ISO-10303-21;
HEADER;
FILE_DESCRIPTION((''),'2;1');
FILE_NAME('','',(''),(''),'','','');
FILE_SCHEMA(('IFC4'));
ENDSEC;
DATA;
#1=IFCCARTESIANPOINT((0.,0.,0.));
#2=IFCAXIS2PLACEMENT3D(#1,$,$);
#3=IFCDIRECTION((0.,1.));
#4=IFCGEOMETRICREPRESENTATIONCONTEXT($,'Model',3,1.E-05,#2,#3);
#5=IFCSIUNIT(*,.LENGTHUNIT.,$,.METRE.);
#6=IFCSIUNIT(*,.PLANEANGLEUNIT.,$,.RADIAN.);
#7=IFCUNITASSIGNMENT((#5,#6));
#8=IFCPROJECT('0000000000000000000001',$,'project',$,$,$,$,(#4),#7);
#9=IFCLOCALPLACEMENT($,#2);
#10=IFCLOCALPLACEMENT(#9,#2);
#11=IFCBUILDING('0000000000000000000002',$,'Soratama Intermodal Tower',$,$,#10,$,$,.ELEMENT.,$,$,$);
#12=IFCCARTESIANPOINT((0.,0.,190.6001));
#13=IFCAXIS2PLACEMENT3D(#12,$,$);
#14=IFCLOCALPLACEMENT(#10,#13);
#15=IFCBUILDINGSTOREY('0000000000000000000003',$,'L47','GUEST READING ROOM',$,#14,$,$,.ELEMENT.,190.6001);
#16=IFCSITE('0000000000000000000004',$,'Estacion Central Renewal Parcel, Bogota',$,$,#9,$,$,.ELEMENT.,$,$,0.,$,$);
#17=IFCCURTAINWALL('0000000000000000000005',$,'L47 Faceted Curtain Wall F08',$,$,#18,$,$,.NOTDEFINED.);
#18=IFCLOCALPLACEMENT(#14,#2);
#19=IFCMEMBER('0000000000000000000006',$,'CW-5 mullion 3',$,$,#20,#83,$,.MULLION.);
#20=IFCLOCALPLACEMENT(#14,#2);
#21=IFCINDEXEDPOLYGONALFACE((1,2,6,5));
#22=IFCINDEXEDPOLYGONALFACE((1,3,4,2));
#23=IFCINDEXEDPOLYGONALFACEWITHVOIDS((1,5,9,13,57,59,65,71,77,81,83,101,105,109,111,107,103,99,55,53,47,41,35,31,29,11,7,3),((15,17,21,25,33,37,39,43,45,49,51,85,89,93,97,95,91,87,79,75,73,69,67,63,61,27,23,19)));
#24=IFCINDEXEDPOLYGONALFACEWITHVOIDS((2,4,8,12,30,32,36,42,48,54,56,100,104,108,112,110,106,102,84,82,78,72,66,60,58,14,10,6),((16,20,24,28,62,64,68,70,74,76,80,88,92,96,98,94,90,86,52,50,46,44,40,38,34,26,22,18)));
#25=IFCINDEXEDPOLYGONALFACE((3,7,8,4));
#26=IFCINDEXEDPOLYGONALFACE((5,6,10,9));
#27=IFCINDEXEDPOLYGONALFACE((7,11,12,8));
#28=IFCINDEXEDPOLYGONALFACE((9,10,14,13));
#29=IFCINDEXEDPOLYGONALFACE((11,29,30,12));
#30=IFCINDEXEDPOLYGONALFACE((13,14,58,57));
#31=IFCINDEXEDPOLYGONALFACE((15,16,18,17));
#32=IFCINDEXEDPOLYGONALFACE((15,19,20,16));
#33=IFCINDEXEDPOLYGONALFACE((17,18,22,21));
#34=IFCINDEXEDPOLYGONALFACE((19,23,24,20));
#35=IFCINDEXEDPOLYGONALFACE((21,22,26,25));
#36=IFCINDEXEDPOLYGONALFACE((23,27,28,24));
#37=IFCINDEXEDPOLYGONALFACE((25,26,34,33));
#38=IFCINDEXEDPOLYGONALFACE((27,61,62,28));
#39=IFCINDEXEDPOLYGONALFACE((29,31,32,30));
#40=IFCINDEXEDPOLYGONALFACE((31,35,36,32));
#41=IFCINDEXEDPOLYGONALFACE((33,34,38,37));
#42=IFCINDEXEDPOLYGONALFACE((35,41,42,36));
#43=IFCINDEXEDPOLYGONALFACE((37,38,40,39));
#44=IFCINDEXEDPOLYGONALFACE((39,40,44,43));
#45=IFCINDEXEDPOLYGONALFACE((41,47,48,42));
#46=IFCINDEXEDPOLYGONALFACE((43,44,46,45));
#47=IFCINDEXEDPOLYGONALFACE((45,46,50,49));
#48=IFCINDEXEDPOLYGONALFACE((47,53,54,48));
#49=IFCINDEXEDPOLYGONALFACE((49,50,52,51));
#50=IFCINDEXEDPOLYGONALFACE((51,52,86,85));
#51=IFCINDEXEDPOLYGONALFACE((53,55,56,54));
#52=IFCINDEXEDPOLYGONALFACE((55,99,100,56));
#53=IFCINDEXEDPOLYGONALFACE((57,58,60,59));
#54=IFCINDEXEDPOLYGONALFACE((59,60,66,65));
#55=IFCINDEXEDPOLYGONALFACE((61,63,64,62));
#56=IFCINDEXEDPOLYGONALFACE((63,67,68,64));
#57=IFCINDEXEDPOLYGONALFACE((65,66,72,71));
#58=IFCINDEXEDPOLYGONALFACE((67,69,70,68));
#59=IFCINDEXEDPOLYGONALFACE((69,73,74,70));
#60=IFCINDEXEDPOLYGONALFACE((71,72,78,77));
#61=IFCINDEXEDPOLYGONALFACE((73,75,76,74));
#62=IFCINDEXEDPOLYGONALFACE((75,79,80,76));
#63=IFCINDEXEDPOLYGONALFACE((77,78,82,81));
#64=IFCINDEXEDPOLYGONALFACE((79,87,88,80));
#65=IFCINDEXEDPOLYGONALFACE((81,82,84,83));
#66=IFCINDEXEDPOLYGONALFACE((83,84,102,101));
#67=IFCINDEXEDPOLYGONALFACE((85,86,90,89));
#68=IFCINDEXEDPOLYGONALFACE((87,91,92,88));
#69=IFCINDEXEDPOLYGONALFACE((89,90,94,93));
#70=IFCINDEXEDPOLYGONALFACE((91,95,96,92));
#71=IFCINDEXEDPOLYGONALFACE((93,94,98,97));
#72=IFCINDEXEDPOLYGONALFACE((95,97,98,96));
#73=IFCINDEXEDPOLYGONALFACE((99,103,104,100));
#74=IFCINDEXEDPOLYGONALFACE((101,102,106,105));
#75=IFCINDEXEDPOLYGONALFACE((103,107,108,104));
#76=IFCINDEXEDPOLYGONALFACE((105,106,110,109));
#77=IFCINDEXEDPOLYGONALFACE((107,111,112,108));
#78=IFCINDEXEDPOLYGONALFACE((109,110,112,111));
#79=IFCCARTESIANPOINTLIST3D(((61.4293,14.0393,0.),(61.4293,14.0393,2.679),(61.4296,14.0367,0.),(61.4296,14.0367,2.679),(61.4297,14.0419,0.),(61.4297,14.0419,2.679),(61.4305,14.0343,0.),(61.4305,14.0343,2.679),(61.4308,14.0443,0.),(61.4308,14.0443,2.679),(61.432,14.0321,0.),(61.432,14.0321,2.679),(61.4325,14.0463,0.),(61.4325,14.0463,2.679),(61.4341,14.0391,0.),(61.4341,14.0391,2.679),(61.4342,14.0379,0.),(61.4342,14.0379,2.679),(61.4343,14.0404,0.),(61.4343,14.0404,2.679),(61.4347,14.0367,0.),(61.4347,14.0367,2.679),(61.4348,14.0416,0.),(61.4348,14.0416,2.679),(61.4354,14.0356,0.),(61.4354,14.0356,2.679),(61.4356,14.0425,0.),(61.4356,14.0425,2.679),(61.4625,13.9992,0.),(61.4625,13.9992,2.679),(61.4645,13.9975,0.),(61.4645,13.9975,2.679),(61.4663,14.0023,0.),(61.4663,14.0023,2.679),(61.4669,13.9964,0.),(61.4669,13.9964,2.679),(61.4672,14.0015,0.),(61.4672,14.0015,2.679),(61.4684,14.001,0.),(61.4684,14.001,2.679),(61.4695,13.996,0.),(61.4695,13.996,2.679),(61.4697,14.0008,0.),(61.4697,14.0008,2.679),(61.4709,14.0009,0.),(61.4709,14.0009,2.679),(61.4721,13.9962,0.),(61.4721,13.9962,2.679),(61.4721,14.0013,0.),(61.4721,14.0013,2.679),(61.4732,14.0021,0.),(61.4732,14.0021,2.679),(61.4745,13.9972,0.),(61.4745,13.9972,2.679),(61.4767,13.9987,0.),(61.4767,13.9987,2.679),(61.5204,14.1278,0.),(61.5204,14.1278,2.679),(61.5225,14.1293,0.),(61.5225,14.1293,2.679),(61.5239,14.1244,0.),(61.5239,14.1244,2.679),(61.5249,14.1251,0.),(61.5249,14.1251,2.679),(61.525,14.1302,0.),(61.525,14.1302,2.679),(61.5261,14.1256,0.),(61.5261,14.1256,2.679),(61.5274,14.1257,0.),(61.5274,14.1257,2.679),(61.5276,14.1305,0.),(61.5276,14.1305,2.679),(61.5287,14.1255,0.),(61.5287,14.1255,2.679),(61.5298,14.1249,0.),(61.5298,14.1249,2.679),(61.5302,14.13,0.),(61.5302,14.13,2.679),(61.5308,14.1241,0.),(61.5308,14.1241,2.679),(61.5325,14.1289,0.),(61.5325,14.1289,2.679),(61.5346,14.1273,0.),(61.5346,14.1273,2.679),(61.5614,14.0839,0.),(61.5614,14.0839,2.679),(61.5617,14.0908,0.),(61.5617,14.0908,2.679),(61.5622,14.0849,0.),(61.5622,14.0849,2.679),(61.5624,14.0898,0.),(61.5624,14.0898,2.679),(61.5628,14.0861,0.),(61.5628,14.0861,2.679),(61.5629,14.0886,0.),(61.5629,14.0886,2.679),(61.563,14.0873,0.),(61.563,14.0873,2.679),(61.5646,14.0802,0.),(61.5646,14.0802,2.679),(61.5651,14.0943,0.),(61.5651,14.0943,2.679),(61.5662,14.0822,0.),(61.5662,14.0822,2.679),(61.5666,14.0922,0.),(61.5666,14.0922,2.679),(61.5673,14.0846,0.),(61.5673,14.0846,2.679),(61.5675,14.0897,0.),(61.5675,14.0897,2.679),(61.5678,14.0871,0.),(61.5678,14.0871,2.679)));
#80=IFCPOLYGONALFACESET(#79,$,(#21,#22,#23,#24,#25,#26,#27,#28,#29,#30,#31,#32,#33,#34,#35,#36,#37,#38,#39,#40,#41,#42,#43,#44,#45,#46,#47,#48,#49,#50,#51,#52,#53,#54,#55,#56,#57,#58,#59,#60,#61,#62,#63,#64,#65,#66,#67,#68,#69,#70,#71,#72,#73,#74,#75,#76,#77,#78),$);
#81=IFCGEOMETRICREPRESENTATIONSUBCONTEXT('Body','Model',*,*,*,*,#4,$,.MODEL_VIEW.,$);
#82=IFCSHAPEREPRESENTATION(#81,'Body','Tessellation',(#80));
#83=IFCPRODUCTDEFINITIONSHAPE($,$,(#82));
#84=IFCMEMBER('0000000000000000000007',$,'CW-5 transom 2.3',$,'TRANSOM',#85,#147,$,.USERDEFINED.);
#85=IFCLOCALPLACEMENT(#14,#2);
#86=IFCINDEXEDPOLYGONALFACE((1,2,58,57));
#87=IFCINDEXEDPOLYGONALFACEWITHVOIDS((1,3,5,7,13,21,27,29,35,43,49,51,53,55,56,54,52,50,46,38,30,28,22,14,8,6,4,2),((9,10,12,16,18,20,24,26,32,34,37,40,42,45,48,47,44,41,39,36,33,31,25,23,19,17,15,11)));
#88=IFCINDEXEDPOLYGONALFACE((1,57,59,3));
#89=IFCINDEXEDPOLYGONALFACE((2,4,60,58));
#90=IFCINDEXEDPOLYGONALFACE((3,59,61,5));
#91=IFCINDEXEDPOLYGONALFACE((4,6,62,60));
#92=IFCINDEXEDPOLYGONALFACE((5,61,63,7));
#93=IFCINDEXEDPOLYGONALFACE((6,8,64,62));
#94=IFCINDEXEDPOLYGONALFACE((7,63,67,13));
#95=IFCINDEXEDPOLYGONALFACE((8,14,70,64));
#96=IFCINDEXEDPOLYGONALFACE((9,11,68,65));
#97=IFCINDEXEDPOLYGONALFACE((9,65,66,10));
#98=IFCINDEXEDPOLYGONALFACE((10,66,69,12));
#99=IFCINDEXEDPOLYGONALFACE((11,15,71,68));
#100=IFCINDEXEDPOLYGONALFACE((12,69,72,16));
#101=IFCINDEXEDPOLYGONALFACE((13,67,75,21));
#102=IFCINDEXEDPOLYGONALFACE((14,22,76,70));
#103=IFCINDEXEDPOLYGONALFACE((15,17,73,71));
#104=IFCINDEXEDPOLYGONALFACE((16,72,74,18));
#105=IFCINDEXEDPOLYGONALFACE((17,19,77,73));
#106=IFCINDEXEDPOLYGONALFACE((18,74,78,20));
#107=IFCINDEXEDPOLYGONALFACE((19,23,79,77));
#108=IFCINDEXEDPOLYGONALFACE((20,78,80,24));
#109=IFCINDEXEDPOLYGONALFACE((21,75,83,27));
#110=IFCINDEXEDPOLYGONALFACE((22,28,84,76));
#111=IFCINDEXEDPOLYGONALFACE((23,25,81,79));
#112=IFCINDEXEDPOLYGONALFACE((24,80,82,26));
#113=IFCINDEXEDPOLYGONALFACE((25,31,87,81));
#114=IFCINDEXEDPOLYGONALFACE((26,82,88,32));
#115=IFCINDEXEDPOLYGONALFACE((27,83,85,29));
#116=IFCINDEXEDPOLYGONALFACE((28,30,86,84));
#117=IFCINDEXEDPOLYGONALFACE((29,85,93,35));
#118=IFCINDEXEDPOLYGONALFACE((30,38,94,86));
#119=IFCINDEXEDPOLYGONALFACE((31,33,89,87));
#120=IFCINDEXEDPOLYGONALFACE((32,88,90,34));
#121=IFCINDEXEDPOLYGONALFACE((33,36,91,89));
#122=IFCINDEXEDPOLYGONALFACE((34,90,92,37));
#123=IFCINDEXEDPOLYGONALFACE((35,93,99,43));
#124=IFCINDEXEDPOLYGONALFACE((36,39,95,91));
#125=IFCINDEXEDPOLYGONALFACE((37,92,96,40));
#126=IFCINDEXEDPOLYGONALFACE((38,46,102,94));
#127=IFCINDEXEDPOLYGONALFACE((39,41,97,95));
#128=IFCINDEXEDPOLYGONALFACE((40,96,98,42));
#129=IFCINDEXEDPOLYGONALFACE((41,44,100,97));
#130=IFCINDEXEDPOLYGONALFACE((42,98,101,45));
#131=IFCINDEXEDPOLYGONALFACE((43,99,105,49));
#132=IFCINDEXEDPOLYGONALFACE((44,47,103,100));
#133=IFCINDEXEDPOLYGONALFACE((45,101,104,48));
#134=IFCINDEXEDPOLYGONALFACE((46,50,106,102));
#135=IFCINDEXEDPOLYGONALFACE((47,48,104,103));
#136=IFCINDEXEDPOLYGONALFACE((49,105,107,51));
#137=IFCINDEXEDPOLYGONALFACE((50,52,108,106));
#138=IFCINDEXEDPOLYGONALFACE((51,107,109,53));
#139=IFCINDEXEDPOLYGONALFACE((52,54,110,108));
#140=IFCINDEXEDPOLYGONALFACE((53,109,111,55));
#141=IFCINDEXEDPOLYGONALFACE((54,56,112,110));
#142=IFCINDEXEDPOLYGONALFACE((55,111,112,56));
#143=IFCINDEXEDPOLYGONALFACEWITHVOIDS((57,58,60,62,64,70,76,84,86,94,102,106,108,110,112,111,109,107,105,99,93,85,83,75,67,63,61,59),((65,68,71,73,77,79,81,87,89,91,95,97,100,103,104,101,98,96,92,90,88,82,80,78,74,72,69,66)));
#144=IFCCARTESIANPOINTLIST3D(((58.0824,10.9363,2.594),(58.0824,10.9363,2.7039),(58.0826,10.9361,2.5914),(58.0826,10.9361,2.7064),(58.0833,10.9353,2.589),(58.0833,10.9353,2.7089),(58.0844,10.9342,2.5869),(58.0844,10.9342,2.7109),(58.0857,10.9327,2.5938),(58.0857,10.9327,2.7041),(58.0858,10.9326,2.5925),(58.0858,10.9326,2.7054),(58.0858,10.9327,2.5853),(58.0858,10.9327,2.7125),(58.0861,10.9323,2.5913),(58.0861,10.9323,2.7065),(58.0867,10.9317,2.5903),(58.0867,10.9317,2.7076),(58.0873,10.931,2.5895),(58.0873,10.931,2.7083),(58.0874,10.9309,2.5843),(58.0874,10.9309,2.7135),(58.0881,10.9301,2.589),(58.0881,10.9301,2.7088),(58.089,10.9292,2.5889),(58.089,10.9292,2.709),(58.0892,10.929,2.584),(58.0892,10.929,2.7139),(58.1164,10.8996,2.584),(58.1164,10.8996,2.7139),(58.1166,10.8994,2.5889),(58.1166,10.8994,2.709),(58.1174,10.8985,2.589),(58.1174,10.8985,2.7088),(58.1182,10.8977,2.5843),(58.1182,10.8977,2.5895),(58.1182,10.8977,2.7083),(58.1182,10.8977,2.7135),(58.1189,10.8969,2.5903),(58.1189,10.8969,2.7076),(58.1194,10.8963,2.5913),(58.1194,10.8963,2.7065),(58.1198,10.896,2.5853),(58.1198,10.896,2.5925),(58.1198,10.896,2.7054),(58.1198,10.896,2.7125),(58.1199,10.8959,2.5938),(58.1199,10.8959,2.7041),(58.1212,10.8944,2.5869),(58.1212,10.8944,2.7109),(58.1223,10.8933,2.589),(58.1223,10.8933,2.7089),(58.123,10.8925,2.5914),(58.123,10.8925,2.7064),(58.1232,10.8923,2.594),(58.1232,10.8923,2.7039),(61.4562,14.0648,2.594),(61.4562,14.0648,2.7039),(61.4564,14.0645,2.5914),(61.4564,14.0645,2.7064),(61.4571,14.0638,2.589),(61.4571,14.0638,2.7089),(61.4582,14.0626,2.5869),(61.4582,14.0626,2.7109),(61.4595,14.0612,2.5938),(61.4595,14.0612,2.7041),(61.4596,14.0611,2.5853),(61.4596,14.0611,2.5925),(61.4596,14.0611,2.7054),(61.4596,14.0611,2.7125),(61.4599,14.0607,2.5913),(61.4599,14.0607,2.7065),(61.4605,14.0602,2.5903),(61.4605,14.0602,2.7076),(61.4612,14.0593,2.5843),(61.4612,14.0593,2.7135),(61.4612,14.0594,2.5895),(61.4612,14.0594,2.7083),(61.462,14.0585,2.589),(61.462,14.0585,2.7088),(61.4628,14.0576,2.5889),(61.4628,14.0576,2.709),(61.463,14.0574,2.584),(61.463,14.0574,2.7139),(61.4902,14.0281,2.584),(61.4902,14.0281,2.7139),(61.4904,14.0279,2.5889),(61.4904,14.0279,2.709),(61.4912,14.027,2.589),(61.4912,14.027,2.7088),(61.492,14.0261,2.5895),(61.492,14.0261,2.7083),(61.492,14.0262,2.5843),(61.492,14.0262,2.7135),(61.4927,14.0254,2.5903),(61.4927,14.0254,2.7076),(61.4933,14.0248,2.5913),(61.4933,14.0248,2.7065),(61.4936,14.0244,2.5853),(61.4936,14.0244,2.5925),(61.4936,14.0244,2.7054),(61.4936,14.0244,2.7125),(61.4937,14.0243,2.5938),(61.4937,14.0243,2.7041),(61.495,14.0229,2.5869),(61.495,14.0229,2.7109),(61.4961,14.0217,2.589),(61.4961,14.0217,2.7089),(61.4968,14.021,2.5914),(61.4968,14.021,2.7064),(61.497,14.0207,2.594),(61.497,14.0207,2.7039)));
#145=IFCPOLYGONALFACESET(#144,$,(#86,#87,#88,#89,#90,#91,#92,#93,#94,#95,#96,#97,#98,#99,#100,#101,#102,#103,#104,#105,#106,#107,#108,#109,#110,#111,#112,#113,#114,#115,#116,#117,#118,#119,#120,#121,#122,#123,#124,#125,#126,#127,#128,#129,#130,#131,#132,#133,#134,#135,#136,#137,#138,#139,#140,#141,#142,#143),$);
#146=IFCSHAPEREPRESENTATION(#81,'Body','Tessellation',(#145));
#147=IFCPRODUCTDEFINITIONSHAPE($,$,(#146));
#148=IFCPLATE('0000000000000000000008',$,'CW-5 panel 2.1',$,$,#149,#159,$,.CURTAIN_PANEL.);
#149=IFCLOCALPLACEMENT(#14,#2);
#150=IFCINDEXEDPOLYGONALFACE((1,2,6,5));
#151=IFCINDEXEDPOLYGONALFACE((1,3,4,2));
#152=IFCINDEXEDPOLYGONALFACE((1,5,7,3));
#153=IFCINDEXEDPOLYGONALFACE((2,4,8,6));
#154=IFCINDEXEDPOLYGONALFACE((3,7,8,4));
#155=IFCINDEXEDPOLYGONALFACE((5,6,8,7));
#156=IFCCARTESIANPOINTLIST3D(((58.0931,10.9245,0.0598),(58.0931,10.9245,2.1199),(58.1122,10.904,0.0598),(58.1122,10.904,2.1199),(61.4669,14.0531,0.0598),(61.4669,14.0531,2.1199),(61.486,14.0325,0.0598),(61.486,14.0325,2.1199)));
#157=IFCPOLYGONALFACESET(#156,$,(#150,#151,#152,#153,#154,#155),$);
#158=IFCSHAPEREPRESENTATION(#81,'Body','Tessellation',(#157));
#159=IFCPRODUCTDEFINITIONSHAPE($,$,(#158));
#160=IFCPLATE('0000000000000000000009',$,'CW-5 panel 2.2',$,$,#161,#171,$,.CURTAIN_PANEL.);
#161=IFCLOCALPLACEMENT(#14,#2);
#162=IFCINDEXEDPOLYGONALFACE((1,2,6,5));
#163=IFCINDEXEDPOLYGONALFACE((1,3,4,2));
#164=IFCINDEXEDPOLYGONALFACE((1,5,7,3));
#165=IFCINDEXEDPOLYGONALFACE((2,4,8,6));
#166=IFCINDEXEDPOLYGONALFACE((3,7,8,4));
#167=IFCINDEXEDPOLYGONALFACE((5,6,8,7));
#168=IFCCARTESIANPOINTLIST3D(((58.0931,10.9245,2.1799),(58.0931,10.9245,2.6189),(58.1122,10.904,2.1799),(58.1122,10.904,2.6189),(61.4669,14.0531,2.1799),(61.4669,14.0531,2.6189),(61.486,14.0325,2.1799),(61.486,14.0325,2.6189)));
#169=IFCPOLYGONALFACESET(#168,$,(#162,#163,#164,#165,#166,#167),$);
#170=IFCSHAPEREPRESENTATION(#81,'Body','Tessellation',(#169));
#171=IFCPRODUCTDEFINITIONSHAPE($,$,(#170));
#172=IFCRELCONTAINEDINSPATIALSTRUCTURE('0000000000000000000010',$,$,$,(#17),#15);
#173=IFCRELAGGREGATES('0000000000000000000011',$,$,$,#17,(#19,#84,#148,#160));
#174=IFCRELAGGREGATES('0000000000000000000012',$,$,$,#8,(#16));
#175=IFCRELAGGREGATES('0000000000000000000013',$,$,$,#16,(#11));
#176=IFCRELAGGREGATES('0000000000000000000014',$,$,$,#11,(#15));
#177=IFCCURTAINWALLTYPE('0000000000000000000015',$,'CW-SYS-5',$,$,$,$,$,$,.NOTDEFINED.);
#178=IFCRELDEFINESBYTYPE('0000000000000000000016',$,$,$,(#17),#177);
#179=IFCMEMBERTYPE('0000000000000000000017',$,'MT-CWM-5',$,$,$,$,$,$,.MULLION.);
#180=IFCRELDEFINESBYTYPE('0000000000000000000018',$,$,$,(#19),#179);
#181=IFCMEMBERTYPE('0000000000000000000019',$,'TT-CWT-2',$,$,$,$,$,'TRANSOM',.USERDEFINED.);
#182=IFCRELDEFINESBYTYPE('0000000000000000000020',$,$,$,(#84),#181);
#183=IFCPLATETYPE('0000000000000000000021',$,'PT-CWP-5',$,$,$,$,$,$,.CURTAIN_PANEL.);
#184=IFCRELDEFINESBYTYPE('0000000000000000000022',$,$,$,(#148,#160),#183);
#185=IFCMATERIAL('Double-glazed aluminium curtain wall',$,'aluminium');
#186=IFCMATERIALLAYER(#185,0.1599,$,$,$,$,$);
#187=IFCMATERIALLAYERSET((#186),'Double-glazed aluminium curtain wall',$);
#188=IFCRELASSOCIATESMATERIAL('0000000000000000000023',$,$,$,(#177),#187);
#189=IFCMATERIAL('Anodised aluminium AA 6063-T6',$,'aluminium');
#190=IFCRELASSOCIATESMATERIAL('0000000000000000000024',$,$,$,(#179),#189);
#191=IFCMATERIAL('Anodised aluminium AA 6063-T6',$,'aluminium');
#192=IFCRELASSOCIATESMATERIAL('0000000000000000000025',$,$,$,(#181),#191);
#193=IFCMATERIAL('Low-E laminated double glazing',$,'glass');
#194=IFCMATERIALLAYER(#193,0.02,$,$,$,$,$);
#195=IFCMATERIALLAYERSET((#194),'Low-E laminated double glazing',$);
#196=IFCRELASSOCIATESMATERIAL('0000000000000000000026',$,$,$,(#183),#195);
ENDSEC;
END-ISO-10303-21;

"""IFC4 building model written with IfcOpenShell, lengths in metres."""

from ifc_helpers import new_model, si_unit, direction, frame, origin, origin_2d, place, context, subcontext, project, spatial, rectangle, hollow_rectangle, extrude, material, layer, layer_set, material_profile, profile_set, type_object, element, aggregate, save


model = new_model("IFC4")

# Units and contexts
model_context = context("Model", 3, precision=1e-05, world=origin(), true_north=direction((0.0, 1.0)))
body_context = subcontext(model_context, "Body", "Model", "MODEL_VIEW")
ifc_project = project(units=[si_unit("LENGTHUNIT", "METRE"), si_unit("PLANEANGLEUNIT", "RADIAN")], contexts=[model_context])

# Site, building, storey
site_placement = place(None, origin())
site = spatial("IfcSite", under=ifc_project, at=site_placement, Name="Estacion Central Renewal Parcel, Bogota", CompositionType="ELEMENT", RefElevation=0.0)
building_placement = place(site_placement, origin())
building = spatial("IfcBuilding", under=site, at=building_placement, Name="Soratama Intermodal Tower", CompositionType="ELEMENT")
storey_placement = place(building_placement, frame((0.0, 0.0, 190.6001)))
storey = spatial("IfcBuildingStorey", under=building, at=storey_placement, Name="L47", Description="GUEST READING ROOM", CompositionType="ELEMENT", Elevation=190.6001)

# Curtain wall, members, plates
ifc_material_1 = material(Name="Double-glazed aluminium curtain wall", Category="aluminium")
ifc_layer_1 = layer(ifc_material_1, 0.1599)
ifc_layer_set_1 = layer_set([ifc_layer_1], Name="Double-glazed aluminium curtain wall")
curtain_wall_type = type_object("IfcCurtainWallType", Name="CW-SYS-5", PredefinedType="NOTDEFINED", material=ifc_layer_set_1)
curtain_wall_placement = place(storey_placement, origin())
curtain_wall = element("IfcCurtainWall", 1, at=curtain_wall_placement, inside=storey, type_object=curtain_wall_type, Name="L47 Faceted Curtain Wall F08", PredefinedType="NOTDEFINED")
ifc_material_2 = material(Name="Anodised aluminium AA 6063-T6", Category="aluminium")
ifc_material_profile_1 = material_profile(ifc_material_2, hollow_rectangle(XDim=0.0649, YDim=0.1399, WallThickness=0.0049, InnerFilletRadius=0.0049, OuterFilletRadius=0.01, at=origin_2d()), Name="CWM140X65X5")
ifc_profile_set_1 = profile_set([ifc_material_profile_1], Name="Anodised aluminium AA 6063-T6")
member_type_1 = type_object("IfcMemberType", Name="MT-CWM-5", PredefinedType="MULLION", material=ifc_profile_set_1)
member_1_placement = place(storey_placement, frame((61.4985, 14.0632, 0.0), z_axis=(0.0, 0.0, 1.0), x_axis=(-0.679958, 0.733251, 0.0)))
member_1 = element("IfcMember", 2, at=member_1_placement, type_object=member_type_1, Name="CW-5 mullion 3", PredefinedType="MULLION", context=body_context, shape_type="SweptSolid", body=[
    extrude(hollow_rectangle(XDim=0.0649, YDim=0.1399, WallThickness=0.0049, InnerFilletRadius=0.0049, OuterFilletRadius=0.01, at=origin_2d()), origin(), (0.0, 0.0, 1.0), 2.679),
])
ifc_material_3 = material(Name="Anodised aluminium AA 6063-T6", Category="aluminium")
ifc_material_profile_2 = material_profile(ifc_material_3, hollow_rectangle(XDim=0.0601, YDim=0.1299, WallThickness=0.0049, InnerFilletRadius=0.0049, OuterFilletRadius=0.01, at=origin_2d()), Name="CWT130X60X5")
ifc_profile_set_2 = profile_set([ifc_material_profile_2], Name="Anodised aluminium AA 6063-T6")
member_type_2 = type_object("IfcMemberType", Name="TT-CWT-2", ElementType="TRANSOM", PredefinedType="USERDEFINED", material=ifc_profile_set_2)
member_2_placement = place(storey_placement, frame((58.1028, 10.9143, 2.6489), z_axis=(0.733268, 0.67994, 0.0), x_axis=(-0.67994, 0.733268, 0.0)))
member_2 = element("IfcMember", 3, at=member_2_placement, type_object=member_type_2, Name="CW-5 transom 2.3", ObjectType="TRANSOM", PredefinedType="USERDEFINED", context=body_context, shape_type="SweptSolid", body=[
    extrude(hollow_rectangle(XDim=0.0601, YDim=0.1299, WallThickness=0.0049, InnerFilletRadius=0.0049, OuterFilletRadius=0.01, at=origin_2d()), origin(), (0.0, 0.0, 1.0), 4.6011),
])
ifc_material_4 = material(Name="Low-E laminated double glazing", Category="glass")
ifc_layer_2 = layer(ifc_material_4, 0.02)
ifc_layer_set_2 = layer_set([ifc_layer_2], Name="Low-E laminated double glazing")
plate_type = type_object("IfcPlateType", Name="PT-CWP-5", PredefinedType="CURTAIN_PANEL", material=ifc_layer_set_2)
plate_1_placement = place(storey_placement, frame((59.7896, 12.4785, 0.0598), z_axis=(0.0, 0.0, 1.0), x_axis=(0.733251, 0.679958, 0.0)))
plate_1 = element("IfcPlate", 4, at=plate_1_placement, type_object=plate_type, Name="CW-5 panel 2.1", PredefinedType="CURTAIN_PANEL", context=body_context, shape_type="SweptSolid", body=[
    extrude(rectangle(XDim=4.6011, YDim=0.0281, at=origin_2d()), origin(), (0.0, 0.0, 1.0), 2.0601),
])
plate_2_placement = place(storey_placement, frame((59.7896, 12.4785, 2.1799), z_axis=(0.0, 0.0, 1.0), x_axis=(0.733251, 0.679958, 0.0)))
plate_2 = element("IfcPlate", 5, at=plate_2_placement, type_object=plate_type, Name="CW-5 panel 2.2", PredefinedType="CURTAIN_PANEL", context=body_context, shape_type="SweptSolid", body=[
    extrude(rectangle(XDim=4.6011, YDim=0.0281, at=origin_2d()), origin(), (0.0, 0.0, 1.0), 0.439),
])
aggregate(curtain_wall, [member_1, member_2, plate_1, plate_2])

save(model, "model.ifc")
